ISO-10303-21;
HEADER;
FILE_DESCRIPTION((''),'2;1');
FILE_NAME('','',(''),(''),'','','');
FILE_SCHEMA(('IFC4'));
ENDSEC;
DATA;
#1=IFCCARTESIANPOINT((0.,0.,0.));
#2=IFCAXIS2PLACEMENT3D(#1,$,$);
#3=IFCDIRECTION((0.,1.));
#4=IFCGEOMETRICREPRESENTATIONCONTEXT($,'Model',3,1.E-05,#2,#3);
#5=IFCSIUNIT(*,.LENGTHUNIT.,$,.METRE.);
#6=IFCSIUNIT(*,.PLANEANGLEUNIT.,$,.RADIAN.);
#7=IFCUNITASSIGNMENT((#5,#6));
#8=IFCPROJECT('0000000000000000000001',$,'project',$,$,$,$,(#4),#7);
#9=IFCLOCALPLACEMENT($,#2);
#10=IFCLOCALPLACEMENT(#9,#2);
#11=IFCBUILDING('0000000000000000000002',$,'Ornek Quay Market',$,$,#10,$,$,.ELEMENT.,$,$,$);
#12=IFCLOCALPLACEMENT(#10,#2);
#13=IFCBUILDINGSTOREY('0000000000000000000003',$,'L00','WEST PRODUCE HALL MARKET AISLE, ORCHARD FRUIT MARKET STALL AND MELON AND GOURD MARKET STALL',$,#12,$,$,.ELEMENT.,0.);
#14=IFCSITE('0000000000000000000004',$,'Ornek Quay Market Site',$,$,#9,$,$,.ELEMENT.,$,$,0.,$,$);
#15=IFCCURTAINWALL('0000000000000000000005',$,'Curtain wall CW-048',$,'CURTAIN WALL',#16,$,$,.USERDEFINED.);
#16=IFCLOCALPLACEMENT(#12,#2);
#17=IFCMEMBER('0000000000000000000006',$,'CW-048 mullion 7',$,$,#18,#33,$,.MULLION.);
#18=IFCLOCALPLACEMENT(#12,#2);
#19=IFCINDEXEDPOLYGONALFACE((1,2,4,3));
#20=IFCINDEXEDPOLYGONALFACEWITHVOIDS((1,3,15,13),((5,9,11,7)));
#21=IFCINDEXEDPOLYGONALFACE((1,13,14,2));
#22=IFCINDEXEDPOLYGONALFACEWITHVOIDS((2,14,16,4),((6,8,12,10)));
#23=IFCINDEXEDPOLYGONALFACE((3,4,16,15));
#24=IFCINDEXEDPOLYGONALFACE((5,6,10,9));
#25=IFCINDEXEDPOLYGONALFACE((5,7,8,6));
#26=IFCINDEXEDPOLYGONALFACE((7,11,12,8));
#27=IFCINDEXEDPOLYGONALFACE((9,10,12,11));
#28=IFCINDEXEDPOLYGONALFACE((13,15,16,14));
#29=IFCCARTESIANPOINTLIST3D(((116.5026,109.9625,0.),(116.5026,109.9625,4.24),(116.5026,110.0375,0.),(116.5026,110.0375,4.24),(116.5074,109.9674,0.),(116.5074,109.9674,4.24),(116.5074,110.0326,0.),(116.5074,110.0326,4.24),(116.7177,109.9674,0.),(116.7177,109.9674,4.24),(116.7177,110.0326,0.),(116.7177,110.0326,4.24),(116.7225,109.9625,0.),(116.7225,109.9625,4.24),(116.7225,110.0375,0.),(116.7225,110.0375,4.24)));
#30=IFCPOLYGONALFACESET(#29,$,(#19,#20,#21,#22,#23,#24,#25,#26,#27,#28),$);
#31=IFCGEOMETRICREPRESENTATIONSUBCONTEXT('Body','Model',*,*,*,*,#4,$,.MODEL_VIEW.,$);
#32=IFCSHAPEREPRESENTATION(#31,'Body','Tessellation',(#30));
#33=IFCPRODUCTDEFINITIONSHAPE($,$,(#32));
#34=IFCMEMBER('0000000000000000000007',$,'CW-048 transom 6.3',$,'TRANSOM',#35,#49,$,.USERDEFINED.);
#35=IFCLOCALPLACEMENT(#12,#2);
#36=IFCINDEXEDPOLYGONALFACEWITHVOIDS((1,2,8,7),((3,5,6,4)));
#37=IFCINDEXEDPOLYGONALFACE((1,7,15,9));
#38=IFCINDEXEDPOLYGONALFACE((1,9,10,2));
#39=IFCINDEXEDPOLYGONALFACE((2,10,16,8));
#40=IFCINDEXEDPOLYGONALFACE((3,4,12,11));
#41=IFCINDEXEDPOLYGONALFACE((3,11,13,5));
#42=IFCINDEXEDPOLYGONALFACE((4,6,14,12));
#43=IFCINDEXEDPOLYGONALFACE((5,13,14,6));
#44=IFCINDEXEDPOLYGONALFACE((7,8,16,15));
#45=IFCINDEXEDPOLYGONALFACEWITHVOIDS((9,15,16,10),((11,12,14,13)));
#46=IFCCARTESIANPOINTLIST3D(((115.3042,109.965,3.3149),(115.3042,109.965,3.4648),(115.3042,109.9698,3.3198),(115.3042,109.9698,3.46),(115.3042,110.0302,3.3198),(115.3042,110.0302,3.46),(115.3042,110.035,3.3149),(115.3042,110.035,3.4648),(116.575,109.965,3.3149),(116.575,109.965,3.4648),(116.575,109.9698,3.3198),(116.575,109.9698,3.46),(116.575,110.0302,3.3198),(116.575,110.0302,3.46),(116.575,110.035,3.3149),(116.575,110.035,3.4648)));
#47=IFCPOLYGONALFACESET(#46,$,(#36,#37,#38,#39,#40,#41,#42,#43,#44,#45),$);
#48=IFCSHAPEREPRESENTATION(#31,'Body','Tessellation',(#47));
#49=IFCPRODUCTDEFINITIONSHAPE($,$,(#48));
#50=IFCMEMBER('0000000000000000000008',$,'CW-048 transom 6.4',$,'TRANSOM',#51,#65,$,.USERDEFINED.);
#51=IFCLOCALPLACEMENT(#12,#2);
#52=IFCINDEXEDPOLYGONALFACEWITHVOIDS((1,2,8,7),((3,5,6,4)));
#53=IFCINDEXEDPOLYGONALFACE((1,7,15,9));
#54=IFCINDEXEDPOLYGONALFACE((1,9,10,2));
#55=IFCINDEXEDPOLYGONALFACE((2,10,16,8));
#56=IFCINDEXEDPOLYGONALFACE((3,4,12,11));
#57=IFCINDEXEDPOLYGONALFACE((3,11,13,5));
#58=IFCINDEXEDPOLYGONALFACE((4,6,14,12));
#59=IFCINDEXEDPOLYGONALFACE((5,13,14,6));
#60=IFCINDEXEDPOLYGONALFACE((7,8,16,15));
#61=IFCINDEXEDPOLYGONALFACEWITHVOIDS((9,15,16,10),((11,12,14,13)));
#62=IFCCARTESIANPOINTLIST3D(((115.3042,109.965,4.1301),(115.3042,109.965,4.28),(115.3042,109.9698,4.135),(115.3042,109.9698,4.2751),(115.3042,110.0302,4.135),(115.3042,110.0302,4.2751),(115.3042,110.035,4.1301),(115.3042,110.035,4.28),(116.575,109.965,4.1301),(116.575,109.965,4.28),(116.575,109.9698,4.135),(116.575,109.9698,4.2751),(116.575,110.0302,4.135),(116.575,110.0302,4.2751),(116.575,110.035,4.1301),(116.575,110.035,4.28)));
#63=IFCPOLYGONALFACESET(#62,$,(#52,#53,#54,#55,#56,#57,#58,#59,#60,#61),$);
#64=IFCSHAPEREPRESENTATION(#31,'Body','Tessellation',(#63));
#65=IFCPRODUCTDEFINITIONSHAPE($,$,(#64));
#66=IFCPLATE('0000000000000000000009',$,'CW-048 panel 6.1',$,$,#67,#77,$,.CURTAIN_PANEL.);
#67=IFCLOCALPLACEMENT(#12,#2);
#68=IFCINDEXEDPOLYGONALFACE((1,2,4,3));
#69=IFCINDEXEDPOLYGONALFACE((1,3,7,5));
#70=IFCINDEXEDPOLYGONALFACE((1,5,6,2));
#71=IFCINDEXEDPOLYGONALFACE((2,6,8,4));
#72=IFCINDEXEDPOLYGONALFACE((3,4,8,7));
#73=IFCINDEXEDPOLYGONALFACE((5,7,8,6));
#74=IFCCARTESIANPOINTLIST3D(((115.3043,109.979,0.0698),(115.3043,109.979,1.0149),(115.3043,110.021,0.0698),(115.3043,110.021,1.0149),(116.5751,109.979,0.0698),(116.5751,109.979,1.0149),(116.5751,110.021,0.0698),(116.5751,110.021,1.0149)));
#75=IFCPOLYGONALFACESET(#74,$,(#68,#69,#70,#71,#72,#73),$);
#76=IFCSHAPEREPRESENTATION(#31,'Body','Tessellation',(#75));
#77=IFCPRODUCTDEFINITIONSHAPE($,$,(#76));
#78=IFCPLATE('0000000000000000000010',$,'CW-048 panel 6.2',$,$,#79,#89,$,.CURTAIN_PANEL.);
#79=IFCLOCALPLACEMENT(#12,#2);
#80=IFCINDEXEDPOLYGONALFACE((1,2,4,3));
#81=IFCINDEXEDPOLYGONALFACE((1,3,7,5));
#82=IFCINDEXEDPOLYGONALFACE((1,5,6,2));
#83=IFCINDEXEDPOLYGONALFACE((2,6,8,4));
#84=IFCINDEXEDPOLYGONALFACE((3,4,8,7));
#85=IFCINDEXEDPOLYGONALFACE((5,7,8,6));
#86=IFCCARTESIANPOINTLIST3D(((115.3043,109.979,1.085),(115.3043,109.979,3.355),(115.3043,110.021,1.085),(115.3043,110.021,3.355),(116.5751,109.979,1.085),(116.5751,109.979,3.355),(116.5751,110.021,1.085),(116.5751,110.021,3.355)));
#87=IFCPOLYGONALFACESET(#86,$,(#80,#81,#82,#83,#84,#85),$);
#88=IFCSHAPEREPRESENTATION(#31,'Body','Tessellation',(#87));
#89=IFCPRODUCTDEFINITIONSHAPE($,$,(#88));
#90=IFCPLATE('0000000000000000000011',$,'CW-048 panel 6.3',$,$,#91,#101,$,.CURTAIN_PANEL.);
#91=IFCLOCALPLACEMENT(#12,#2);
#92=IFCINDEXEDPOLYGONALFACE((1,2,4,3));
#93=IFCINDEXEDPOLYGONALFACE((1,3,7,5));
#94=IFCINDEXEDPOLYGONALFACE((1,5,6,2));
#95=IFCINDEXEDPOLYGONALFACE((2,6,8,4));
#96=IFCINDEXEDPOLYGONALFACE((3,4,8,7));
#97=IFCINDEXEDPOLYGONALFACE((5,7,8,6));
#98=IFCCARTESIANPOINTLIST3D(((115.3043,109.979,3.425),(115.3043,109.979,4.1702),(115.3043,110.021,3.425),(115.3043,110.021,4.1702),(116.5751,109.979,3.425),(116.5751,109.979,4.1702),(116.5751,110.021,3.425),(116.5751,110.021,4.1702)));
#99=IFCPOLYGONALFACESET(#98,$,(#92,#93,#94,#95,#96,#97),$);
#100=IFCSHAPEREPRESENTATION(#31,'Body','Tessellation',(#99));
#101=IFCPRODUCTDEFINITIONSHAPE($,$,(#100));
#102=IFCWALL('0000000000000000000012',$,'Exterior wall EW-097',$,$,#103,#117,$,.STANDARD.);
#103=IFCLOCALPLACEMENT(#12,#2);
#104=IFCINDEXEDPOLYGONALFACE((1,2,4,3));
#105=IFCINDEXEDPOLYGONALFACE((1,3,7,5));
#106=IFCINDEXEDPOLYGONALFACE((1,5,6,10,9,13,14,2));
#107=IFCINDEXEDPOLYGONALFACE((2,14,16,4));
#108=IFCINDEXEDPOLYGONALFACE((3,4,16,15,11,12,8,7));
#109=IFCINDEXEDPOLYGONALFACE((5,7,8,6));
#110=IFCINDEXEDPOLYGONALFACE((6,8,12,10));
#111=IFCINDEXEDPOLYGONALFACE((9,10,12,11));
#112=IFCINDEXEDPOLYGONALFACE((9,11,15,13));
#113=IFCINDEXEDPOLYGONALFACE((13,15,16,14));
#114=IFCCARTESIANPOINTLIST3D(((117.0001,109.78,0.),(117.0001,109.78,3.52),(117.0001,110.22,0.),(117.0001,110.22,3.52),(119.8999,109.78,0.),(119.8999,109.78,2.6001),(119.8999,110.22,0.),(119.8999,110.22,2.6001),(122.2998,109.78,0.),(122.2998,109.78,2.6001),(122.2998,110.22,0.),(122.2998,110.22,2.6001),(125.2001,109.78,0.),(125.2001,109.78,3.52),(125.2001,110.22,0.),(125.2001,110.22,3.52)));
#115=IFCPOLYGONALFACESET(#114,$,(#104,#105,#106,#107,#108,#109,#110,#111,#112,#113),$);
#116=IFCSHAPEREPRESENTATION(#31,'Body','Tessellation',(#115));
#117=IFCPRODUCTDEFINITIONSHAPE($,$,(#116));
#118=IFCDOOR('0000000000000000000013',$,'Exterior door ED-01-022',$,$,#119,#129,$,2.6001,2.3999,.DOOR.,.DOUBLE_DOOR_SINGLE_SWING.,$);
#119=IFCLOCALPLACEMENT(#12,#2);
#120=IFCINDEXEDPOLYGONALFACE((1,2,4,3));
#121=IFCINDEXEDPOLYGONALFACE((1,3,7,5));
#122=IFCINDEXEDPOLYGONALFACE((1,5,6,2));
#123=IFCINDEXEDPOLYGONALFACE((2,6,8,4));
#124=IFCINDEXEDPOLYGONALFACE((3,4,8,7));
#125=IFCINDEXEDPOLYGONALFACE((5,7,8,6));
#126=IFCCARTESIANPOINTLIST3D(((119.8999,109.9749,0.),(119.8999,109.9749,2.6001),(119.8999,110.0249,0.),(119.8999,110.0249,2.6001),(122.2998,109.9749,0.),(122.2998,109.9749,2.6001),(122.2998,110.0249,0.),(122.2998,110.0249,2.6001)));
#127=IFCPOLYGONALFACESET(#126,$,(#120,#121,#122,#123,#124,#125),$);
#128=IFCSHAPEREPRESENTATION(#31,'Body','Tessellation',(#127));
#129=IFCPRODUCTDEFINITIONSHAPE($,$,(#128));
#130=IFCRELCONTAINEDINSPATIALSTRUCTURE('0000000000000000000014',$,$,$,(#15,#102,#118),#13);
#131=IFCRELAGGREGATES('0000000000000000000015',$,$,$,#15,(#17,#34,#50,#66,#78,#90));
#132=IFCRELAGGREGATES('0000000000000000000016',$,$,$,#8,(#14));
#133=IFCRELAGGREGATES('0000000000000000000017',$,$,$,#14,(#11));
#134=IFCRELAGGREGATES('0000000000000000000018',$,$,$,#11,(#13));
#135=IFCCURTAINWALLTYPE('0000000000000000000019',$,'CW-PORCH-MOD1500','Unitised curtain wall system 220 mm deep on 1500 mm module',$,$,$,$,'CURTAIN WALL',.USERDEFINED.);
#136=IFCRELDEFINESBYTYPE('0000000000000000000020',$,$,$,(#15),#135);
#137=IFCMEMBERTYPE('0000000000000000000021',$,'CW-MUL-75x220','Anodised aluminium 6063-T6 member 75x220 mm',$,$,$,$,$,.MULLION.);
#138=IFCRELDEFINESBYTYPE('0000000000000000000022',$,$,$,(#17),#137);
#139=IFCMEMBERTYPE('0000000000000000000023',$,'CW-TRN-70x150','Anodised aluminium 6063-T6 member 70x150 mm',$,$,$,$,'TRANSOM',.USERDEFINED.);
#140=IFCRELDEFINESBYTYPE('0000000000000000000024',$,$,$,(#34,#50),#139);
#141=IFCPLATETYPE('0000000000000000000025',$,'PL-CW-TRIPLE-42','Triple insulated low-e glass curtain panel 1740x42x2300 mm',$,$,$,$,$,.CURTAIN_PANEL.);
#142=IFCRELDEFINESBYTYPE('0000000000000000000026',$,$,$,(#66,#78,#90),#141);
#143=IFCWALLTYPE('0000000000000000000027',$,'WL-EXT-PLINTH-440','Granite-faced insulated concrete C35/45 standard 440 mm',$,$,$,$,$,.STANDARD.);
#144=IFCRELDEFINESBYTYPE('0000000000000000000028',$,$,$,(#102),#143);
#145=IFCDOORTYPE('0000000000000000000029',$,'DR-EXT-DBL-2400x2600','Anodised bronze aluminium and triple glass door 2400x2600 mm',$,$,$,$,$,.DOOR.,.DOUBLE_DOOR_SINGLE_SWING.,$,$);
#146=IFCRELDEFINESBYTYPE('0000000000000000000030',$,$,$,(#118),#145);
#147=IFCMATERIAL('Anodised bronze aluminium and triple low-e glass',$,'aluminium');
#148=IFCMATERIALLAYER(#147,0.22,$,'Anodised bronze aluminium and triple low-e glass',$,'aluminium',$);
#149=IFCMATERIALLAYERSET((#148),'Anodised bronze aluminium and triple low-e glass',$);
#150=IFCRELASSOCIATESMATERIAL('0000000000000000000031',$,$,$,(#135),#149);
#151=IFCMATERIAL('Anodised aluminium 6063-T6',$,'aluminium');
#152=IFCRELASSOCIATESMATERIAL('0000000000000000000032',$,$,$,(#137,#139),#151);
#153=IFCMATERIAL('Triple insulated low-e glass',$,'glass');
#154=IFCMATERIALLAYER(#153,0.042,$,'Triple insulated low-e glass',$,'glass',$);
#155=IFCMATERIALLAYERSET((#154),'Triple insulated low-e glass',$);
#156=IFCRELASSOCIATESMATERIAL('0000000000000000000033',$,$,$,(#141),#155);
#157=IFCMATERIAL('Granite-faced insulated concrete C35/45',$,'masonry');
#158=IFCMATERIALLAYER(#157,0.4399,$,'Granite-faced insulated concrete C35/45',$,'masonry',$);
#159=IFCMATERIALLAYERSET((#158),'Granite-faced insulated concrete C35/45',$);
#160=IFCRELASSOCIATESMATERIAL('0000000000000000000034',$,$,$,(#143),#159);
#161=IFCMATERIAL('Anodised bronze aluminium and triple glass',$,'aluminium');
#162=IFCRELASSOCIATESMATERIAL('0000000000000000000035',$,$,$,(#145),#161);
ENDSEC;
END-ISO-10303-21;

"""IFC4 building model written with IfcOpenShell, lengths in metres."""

from ifc_helpers import new_model, si_unit, direction, frame, frame_2d, origin, origin_2d, place, context, subcontext, project, spatial, rectangle, hollow_rectangle, extrude, material, layer, layer_set, material_profile, profile_set, type_object, element, fill, aggregate, save


model = new_model("IFC4")

# Units and contexts
model_context = context("Model", 3, precision=1e-05, world=origin(), true_north=direction((0.0, 1.0)))
body_context = subcontext(model_context, "Body", "Model", "MODEL_VIEW")
ifc_project = project(units=[si_unit("LENGTHUNIT", "METRE"), si_unit("PLANEANGLEUNIT", "RADIAN")], contexts=[model_context])

# Site, building, storey
site_placement = place(None, origin())
site = spatial("IfcSite", under=ifc_project, at=site_placement, Name="Ornek Quay Market Site", CompositionType="ELEMENT", RefElevation=0.0)
building_placement = place(site_placement, origin())
building = spatial("IfcBuilding", under=site, at=building_placement, Name="Ornek Quay Market", CompositionType="ELEMENT")
storey_placement = place(building_placement, origin())
storey = spatial("IfcBuildingStorey", under=building, at=storey_placement, Name="L00", Description="WEST PRODUCE HALL MARKET AISLE, ORCHARD FRUIT MARKET STALL AND MELON AND GOURD MARKET STALL", CompositionType="ELEMENT", Elevation=0.0)

# Curtain wall, members, plates
ifc_material_1 = material(Name="Anodised bronze aluminium and triple low-e glass", Category="aluminium")
ifc_layer_1 = layer(ifc_material_1, 0.22, Name="Anodised bronze aluminium and triple low-e glass", Category="aluminium")
ifc_layer_set_1 = layer_set([ifc_layer_1], Name="Anodised bronze aluminium and triple low-e glass")
curtain_wall_type = type_object("IfcCurtainWallType", Name="CW-PORCH-MOD1500", Description="Unitised curtain wall system 220 mm deep on 1500 mm module", ElementType="CURTAIN WALL", PredefinedType="USERDEFINED", material=ifc_layer_set_1)
curtain_wall_placement = place(storey_placement, origin())
curtain_wall = element("IfcCurtainWall", 1, at=curtain_wall_placement, inside=storey, type_object=curtain_wall_type, Name="Curtain wall CW-048", ObjectType="CURTAIN WALL", PredefinedType="USERDEFINED")
ifc_material_2 = material(Name="Anodised aluminium 6063-T6", Category="aluminium")
ifc_material_profile_1 = material_profile(ifc_material_2, hollow_rectangle(XDim=0.075, YDim=0.22, WallThickness=0.0049, at=origin_2d()), Name="CW-MUL-75x220", Category="aluminium")
ifc_profile_set_1 = profile_set([ifc_material_profile_1], Name="Anodised aluminium 6063-T6")
member_type_1 = type_object("IfcMemberType", Name="CW-MUL-75x220", Description="Anodised aluminium 6063-T6 member 75x220 mm", PredefinedType="MULLION", material=ifc_profile_set_1)
member_1_placement = place(storey_placement, frame((116.6125, 110.0, 0.0), z_axis=(0.0, 0.0, 1.0), x_axis=(0.0, 1.0, 0.0)))
member_1 = element("IfcMember", 2, at=member_1_placement, type_object=member_type_1, Name="CW-048 mullion 7", PredefinedType="MULLION", context=body_context, shape_type="SweptSolid", body=[
    extrude(hollow_rectangle(XDim=0.075, YDim=0.22, WallThickness=0.0049, at=origin_2d()), origin(), (0.0, 0.0, 1.0), 4.24),
])
ifc_material_profile_2 = material_profile(ifc_material_2, hollow_rectangle(XDim=0.0701, YDim=0.1499, WallThickness=0.0049, at=origin_2d()), Name="CW-TRN-70x150", Category="aluminium")
ifc_profile_set_2 = profile_set([ifc_material_profile_2], Name="Anodised aluminium 6063-T6")
member_type_2 = type_object("IfcMemberType", Name="CW-TRN-70x150", Description="Anodised aluminium 6063-T6 member 70x150 mm", ElementType="TRANSOM", PredefinedType="USERDEFINED", material=ifc_profile_set_2)
member_2_placement = place(storey_placement, frame((115.3042, 110.0, 3.3899), z_axis=(1.0, 0.0, 0.0), x_axis=(0.0, 1.0, 0.0)))
member_2 = element("IfcMember", 3, at=member_2_placement, type_object=member_type_2, Name="CW-048 transom 6.3", ObjectType="TRANSOM", PredefinedType="USERDEFINED", context=body_context, shape_type="SweptSolid", body=[
    extrude(hollow_rectangle(XDim=0.0701, YDim=0.1499, WallThickness=0.0049, at=origin_2d()), origin(), (0.0, 0.0, 1.0), 1.2708),
])
member_3_placement = place(storey_placement, frame((115.3042, 110.0, 4.2051), z_axis=(1.0, 0.0, 0.0), x_axis=(0.0, 1.0, 0.0)))
member_3 = element("IfcMember", 4, at=member_3_placement, type_object=member_type_2, Name="CW-048 transom 6.4", ObjectType="TRANSOM", PredefinedType="USERDEFINED", context=body_context, shape_type="SweptSolid", body=[
    extrude(hollow_rectangle(XDim=0.0701, YDim=0.1499, WallThickness=0.0049, at=origin_2d()), origin(), (0.0, 0.0, 1.0), 1.2708),
])
ifc_material_3 = material(Name="Triple insulated low-e glass", Category="glass")
ifc_layer_2 = layer(ifc_material_3, 0.042, Name="Triple insulated low-e glass", Category="glass")
ifc_layer_set_2 = layer_set([ifc_layer_2], Name="Triple insulated low-e glass")
plate_type = type_object("IfcPlateType", Name="PL-CW-TRIPLE-42", Description="Triple insulated low-e glass curtain panel 1740x42x2300 mm", PredefinedType="CURTAIN_PANEL", material=ifc_layer_set_2)
plate_1_placement = place(storey_placement, frame((115.9397, 110.0, 0.0698), z_axis=(0.0, 0.0, 1.0), x_axis=(1.0, 0.0, 0.0)))
plate_1 = element("IfcPlate", 5, at=plate_1_placement, type_object=plate_type, Name="CW-048 panel 6.1", PredefinedType="CURTAIN_PANEL", context=body_context, shape_type="SweptSolid", body=[
    extrude(rectangle(XDim=1.2708, YDim=0.042, at=origin_2d()), origin(), (0.0, 0.0, 1.0), 0.9451),
])
plate_2_placement = place(storey_placement, frame((115.9397, 110.0, 1.085), z_axis=(0.0, 0.0, 1.0), x_axis=(1.0, 0.0, 0.0)))
plate_2 = element("IfcPlate", 6, at=plate_2_placement, type_object=plate_type, Name="CW-048 panel 6.2", PredefinedType="CURTAIN_PANEL", context=body_context, shape_type="SweptSolid", body=[
    extrude(rectangle(XDim=1.2708, YDim=0.042, at=origin_2d()), origin(), (0.0, 0.0, 1.0), 2.27),
])
plate_3_placement = place(storey_placement, frame((115.9397, 110.0, 3.425), z_axis=(0.0, 0.0, 1.0), x_axis=(1.0, 0.0, 0.0)))
plate_3 = element("IfcPlate", 7, at=plate_3_placement, type_object=plate_type, Name="CW-048 panel 6.3", PredefinedType="CURTAIN_PANEL", context=body_context, shape_type="SweptSolid", body=[
    extrude(rectangle(XDim=1.2708, YDim=0.042, at=origin_2d()), origin(), (0.0, 0.0, 1.0), 0.7451),
])
aggregate(curtain_wall, [member_1, member_2, member_3, plate_1, plate_2, plate_3])

# Wall, opening, door
ifc_material_4 = material(Name="Granite-faced insulated concrete C35/45", Category="masonry")
ifc_layer_3 = layer(ifc_material_4, 0.4399, Name="Granite-faced insulated concrete C35/45", Category="masonry")
ifc_layer_set_3 = layer_set([ifc_layer_3], Name="Granite-faced insulated concrete C35/45")
wall_type = type_object("IfcWallType", Name="WL-EXT-PLINTH-440", Description="Granite-faced insulated concrete C35/45 standard 440 mm", PredefinedType="STANDARD", material=ifc_layer_set_3)
wall_placement = place(storey_placement, frame((117.0, 110.0, 0.0), z_axis=(0.0, 0.0, 1.0), x_axis=(1.0, 0.0, 0.0)))
wall = element("IfcWall", 8, at=wall_placement, inside=storey, type_object=wall_type, Name="Exterior wall EW-097", PredefinedType="STANDARD", context=body_context, shape_type="SweptSolid", body=[
    extrude(rectangle(XDim=8.2, YDim=0.4399, at=frame_2d((4.1001, 0.0))), origin(), (0.0, 0.0, 1.0), 3.52),
])
opening_placement = place(wall_placement, frame((2.8999, 0.0, 0.0)))
opening = element("IfcOpeningElement", 9, at=opening_placement, cuts=wall, PredefinedType="OPENING", context=body_context, shape_type="SweptSolid", body=[
    extrude(rectangle(XDim=2.3999, YDim=2.6001, at=frame_2d((1.2, 1.3))), frame((0.0, 0.23, 0.0), z_axis=(0.0, -1.0, 0.0), x_axis=(1.0, 0.0, 0.0)), (0.0, 0.0, 1.0), 0.46),
])
ifc_material_5 = material(Name="Anodised bronze aluminium and triple glass", Category="aluminium")
door_type = type_object("IfcDoorType", Name="DR-EXT-DBL-2400x2600", Description="Anodised bronze aluminium and triple glass door 2400x2600 mm", OperationType="DOUBLE_DOOR_SINGLE_SWING", PredefinedType="DOOR", material=ifc_material_5)
door_placement = place(opening_placement, origin())
door = element("IfcDoor", 10, at=door_placement, inside=storey, type_object=door_type, Name="Exterior door ED-01-022", OperationType="DOUBLE_DOOR_SINGLE_SWING", OverallHeight=2.6001, OverallWidth=2.3999, PredefinedType="DOOR", context=body_context, shape_type="SweptSolid", body=[
    extrude(rectangle(XDim=2.3999, YDim=2.6001, at=frame_2d((1.2, 1.3))), frame((0.0, 0.0249, 0.0), z_axis=(0.0, -1.0, 0.0), x_axis=(1.0, 0.0, 0.0)), (0.0, 0.0, 1.0), 0.05),
])
fill(opening, door)

save(model, "model.ifc")
